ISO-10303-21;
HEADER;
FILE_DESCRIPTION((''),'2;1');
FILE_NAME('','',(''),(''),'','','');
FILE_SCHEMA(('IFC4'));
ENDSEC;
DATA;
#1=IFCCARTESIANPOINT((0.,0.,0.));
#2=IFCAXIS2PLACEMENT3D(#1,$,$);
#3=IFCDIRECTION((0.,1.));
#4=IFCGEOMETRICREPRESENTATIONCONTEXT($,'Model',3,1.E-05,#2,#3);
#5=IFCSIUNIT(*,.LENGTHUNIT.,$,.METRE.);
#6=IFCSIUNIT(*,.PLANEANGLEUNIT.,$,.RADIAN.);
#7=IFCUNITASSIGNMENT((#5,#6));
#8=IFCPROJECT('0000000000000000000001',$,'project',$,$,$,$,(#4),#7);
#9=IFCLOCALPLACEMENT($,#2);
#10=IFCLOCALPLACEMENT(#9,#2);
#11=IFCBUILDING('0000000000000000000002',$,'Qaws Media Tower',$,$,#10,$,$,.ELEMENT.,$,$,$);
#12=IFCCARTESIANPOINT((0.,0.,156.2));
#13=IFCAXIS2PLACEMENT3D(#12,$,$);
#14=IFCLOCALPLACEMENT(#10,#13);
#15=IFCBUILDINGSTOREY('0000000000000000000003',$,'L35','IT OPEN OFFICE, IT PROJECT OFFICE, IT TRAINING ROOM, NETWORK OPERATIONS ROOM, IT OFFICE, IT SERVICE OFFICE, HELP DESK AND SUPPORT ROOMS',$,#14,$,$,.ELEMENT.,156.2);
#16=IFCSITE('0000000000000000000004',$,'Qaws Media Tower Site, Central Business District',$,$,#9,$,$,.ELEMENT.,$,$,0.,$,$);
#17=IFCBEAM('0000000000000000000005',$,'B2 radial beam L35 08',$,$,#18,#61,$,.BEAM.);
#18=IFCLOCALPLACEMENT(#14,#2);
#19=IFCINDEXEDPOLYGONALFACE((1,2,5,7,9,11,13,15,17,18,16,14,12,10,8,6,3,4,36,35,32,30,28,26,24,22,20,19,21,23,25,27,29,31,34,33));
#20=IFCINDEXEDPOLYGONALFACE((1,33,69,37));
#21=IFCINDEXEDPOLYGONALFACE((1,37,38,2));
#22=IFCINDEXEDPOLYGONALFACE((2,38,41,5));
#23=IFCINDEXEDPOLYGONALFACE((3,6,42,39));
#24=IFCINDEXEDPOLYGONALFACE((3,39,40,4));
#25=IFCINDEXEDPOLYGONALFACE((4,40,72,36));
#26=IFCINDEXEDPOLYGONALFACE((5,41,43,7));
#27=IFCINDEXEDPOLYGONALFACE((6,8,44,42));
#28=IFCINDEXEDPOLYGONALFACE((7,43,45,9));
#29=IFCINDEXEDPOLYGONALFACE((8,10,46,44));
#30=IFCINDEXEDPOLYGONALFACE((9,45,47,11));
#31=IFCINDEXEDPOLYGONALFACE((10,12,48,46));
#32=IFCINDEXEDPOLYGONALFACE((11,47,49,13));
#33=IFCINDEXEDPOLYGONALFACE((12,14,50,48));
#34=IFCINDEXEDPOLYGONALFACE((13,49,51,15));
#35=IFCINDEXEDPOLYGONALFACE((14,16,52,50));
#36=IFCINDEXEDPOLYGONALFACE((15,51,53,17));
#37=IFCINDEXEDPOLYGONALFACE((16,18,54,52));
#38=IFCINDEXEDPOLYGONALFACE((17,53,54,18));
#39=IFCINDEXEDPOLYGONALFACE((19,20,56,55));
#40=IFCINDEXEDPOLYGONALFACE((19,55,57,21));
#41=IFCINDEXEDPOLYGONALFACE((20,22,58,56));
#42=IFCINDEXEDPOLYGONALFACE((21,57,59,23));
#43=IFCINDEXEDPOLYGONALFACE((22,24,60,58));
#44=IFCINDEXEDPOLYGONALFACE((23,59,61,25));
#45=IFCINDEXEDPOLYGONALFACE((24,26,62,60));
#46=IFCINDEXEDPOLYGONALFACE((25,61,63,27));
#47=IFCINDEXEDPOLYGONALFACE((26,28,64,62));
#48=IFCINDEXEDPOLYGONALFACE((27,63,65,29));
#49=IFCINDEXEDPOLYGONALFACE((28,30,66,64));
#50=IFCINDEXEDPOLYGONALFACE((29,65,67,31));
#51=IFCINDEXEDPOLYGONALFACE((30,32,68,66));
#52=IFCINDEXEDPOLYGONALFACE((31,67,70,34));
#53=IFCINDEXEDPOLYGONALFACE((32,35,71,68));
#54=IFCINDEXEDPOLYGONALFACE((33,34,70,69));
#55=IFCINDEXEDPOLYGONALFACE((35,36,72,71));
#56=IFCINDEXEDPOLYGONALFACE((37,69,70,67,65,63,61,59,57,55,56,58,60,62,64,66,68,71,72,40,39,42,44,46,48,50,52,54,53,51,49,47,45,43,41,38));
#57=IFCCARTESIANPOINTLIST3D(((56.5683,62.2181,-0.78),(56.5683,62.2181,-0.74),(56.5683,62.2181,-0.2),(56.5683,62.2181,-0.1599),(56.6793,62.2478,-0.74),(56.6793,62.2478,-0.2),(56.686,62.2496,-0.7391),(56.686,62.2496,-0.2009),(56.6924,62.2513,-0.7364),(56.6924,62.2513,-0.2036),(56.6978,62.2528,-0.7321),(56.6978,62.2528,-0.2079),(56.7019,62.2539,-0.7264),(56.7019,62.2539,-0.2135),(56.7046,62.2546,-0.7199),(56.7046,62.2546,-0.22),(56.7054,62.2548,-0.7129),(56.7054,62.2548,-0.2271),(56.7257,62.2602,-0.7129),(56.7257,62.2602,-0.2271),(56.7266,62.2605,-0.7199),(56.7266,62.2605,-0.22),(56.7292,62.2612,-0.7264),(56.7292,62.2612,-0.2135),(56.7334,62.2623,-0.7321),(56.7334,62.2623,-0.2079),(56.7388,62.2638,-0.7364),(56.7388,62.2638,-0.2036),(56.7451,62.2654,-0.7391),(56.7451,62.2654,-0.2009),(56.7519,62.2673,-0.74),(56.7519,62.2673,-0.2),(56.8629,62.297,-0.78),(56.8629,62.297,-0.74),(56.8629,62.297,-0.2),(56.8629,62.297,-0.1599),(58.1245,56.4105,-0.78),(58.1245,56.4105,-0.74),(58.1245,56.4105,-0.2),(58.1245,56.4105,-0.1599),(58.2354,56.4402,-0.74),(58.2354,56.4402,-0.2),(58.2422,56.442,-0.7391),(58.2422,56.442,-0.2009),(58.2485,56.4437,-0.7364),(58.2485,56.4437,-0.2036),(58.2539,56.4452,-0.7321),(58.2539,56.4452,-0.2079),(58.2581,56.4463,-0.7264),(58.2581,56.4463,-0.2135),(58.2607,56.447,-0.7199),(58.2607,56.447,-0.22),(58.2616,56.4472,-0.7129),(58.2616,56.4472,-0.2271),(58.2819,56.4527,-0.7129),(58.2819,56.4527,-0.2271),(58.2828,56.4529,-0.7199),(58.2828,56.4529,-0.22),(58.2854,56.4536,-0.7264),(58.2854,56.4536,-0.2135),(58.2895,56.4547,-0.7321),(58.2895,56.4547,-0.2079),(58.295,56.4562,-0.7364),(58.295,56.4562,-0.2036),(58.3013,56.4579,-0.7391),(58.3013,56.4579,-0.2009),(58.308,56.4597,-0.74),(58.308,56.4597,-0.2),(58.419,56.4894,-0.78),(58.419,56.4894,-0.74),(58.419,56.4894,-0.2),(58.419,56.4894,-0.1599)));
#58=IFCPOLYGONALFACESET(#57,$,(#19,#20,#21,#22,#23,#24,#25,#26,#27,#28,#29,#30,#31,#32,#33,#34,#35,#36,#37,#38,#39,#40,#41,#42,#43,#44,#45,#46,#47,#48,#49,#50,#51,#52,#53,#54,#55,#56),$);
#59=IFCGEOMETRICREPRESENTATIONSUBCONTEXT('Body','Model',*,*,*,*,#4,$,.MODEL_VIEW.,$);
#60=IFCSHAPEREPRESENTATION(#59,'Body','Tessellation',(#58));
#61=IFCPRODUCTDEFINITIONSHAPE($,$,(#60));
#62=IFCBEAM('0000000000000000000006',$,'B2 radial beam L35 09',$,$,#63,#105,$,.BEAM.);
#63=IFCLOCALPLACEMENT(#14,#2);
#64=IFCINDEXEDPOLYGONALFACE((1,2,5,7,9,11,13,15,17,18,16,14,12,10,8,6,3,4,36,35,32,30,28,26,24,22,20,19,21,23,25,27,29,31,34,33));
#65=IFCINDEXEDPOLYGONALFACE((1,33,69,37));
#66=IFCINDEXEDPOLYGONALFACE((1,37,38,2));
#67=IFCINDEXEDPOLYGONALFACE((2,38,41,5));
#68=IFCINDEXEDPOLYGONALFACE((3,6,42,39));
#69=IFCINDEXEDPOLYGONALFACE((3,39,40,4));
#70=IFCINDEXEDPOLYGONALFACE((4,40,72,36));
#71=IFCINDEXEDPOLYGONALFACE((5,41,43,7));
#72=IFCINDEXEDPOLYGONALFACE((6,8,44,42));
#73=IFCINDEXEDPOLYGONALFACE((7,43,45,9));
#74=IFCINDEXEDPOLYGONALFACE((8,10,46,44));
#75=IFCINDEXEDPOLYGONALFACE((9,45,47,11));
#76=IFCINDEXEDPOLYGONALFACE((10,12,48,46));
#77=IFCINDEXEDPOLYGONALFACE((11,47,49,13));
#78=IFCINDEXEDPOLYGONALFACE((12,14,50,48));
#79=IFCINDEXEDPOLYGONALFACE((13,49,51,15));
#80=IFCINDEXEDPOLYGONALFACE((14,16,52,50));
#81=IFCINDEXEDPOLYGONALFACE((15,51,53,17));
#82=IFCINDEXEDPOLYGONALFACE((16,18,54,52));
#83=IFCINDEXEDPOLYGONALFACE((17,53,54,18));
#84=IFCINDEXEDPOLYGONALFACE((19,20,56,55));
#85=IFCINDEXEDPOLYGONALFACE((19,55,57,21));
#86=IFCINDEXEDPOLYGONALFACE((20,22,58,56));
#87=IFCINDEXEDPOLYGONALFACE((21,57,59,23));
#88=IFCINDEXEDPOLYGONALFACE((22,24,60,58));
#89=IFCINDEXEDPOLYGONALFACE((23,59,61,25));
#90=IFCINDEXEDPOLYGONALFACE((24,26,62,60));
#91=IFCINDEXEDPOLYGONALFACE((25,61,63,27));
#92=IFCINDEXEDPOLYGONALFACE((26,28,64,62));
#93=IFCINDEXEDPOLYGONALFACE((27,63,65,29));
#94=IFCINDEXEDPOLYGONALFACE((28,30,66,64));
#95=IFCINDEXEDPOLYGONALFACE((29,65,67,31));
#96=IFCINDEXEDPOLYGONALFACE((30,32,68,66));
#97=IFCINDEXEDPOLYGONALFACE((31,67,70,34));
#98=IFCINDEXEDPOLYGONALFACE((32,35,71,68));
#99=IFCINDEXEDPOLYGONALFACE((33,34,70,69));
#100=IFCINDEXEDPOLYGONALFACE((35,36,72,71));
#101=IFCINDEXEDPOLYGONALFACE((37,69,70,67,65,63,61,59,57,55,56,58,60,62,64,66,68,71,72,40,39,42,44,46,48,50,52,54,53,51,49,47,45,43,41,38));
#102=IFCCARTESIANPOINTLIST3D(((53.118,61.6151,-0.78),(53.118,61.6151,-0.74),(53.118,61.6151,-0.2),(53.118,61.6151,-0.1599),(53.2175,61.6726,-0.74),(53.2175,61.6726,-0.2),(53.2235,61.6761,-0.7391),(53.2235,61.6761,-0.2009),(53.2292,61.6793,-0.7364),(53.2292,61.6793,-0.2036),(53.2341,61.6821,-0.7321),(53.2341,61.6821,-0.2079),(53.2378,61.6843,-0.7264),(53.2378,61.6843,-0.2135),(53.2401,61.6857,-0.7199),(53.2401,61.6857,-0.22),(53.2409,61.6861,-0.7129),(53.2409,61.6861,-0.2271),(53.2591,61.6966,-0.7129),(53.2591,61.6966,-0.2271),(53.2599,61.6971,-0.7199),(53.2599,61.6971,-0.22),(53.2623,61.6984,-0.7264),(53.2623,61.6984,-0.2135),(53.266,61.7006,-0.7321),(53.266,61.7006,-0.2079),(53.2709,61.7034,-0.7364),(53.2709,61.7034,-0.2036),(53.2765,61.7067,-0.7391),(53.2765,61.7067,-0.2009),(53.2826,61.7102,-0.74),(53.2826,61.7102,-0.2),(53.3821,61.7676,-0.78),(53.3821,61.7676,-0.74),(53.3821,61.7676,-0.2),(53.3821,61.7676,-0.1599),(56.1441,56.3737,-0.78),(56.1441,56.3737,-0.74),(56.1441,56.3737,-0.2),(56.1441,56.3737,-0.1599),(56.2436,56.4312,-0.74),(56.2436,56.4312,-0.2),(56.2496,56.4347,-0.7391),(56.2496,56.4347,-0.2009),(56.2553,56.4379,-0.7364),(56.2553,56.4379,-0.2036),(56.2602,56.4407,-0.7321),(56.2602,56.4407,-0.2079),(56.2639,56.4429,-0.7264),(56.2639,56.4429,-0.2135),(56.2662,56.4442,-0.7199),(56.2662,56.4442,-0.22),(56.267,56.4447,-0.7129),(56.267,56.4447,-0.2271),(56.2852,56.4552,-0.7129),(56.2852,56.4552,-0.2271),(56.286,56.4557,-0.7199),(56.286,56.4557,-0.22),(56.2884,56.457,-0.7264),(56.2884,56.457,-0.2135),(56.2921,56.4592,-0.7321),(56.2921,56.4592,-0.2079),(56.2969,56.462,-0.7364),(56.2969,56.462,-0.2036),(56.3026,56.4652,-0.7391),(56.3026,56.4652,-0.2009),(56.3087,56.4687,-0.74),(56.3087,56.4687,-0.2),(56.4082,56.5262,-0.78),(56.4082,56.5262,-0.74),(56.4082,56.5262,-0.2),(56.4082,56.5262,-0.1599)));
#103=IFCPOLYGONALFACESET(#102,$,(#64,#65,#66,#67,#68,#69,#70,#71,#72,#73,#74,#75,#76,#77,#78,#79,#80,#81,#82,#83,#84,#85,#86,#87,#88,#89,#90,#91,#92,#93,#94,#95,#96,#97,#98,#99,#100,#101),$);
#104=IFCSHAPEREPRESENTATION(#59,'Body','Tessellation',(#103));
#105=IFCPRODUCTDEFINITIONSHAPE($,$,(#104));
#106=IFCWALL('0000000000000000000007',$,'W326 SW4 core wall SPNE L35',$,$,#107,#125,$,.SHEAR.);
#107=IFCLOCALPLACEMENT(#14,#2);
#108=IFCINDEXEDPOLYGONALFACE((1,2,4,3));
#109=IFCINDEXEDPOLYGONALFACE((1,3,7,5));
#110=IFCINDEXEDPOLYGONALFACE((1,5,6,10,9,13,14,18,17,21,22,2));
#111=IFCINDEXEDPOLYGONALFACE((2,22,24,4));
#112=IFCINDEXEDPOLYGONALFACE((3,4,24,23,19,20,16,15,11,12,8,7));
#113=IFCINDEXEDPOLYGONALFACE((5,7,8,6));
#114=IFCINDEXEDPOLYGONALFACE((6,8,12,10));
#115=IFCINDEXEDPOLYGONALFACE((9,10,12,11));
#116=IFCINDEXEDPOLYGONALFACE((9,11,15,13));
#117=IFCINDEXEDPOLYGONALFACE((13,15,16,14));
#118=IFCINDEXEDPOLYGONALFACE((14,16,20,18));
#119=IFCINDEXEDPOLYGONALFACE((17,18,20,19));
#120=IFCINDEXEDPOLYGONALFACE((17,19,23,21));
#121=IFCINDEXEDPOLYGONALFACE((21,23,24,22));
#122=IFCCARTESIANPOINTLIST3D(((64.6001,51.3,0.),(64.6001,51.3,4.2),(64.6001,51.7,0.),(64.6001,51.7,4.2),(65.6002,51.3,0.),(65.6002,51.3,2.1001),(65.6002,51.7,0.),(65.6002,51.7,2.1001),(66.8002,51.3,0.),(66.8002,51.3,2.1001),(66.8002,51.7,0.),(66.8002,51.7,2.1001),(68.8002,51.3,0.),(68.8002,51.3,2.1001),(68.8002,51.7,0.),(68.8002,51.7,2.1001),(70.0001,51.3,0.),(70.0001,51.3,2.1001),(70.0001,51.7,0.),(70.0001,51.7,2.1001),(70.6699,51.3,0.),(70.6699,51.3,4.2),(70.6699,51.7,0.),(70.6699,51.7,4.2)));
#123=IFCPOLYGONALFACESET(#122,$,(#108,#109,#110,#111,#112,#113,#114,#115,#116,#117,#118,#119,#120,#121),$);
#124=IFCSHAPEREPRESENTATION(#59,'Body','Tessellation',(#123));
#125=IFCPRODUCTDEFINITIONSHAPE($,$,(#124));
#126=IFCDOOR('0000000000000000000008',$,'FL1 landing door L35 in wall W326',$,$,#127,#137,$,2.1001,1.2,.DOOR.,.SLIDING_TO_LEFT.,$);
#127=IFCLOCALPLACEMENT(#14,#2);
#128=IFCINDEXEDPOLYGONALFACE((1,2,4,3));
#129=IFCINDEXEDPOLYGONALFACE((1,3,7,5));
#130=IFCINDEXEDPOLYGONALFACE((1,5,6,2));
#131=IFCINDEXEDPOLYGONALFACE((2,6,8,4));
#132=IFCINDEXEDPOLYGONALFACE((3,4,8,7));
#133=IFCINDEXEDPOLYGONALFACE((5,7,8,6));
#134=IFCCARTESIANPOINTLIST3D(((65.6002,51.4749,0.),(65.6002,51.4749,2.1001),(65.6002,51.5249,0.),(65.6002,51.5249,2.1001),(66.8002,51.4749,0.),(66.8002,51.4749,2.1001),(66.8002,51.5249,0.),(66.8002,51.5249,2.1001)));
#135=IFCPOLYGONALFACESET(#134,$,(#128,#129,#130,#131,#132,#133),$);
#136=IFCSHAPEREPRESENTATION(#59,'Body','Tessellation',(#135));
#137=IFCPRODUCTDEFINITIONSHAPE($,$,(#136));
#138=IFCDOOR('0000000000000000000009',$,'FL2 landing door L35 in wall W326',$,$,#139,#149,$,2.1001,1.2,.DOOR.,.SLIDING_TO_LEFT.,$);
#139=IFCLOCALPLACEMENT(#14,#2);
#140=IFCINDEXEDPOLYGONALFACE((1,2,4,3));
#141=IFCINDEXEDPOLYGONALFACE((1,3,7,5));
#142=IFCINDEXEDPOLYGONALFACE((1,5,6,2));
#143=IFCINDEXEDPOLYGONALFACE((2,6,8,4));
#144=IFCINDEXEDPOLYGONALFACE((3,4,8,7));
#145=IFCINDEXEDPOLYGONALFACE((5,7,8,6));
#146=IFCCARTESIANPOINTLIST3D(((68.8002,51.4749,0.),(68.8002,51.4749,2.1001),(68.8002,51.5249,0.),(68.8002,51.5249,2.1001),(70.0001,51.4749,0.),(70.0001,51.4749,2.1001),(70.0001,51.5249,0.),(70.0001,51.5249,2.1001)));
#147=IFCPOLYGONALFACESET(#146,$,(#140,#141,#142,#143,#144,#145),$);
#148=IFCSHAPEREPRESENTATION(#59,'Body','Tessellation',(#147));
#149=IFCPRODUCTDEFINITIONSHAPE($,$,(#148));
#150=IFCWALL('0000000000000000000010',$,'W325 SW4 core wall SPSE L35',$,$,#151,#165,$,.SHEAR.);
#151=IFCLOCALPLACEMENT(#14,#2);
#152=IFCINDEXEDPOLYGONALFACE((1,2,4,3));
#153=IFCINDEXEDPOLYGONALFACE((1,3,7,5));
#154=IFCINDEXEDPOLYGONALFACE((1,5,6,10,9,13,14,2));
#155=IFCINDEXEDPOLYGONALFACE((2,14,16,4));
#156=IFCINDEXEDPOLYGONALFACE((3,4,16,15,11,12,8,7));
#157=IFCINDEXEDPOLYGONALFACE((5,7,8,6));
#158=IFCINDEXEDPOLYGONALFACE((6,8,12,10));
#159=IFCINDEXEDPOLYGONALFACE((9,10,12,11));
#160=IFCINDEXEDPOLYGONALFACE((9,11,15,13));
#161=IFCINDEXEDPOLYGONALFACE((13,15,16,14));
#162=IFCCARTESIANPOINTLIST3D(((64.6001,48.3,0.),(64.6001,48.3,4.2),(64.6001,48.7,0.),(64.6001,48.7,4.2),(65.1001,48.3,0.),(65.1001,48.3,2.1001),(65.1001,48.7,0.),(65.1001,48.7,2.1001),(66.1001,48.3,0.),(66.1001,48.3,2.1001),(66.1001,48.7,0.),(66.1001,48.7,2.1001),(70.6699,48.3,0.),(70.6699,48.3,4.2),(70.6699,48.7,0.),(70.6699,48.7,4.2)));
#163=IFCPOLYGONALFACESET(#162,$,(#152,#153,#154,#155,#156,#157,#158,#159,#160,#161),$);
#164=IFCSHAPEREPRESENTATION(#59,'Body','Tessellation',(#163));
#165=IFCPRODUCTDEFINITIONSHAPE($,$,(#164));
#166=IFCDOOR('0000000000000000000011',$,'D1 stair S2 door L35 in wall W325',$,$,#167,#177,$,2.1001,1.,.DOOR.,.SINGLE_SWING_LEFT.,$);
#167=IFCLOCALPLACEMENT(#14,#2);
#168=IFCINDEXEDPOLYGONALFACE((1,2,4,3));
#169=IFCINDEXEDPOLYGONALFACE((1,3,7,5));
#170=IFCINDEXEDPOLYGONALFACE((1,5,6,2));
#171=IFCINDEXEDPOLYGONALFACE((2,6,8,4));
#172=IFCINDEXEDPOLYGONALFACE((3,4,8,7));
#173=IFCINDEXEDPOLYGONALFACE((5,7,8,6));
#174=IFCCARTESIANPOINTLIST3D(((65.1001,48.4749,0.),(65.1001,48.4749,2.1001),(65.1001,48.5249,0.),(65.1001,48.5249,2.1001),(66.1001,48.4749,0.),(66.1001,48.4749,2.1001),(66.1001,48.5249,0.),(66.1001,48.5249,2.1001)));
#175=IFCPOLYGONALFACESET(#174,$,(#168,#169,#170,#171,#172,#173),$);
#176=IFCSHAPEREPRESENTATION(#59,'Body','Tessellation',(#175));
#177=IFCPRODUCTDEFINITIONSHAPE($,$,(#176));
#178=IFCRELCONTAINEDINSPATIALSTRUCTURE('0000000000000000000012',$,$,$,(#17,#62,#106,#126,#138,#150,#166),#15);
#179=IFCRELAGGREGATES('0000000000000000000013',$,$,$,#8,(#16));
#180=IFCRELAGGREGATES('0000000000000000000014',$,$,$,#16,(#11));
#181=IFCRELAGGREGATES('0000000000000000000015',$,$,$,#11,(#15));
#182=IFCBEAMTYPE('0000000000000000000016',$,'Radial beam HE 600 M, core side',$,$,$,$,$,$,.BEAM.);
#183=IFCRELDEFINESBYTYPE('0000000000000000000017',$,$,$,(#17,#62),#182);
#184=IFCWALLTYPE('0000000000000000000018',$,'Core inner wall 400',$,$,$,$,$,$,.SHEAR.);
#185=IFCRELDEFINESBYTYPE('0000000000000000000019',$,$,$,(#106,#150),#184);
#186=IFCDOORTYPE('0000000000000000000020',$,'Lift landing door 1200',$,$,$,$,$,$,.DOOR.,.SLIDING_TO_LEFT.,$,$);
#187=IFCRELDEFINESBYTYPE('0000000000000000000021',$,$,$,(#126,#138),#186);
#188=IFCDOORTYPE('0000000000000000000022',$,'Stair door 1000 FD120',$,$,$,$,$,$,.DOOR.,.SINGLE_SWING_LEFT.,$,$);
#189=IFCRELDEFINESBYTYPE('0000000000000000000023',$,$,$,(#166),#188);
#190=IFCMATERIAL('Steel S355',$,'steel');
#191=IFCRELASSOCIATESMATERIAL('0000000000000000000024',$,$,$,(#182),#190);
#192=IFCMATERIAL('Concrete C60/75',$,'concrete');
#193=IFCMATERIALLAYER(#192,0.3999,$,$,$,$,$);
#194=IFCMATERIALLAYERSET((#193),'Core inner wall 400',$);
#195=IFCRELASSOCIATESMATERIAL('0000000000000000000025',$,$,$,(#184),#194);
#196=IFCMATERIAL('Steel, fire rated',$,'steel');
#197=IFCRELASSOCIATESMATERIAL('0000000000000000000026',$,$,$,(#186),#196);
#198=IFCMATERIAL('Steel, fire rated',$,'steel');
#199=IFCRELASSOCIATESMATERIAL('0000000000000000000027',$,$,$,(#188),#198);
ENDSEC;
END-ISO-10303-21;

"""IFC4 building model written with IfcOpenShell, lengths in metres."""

from ifc_helpers import new_model, si_unit, direction, frame, frame_2d, origin, origin_2d, place, context, subcontext, project, spatial, rectangle, i_section, extrude, material, layer, layer_set, material_profile, profile_set, type_object, element, fill, save


model = new_model("IFC4")

# Units and contexts
model_context = context("Model", 3, precision=1e-05, world=origin(), true_north=direction((0.0, 1.0)))
body_context = subcontext(model_context, "Body", "Model", "MODEL_VIEW")
ifc_project = project(units=[si_unit("LENGTHUNIT", "METRE"), si_unit("PLANEANGLEUNIT", "RADIAN")], contexts=[model_context])

# Site, building, storey
site_placement = place(None, origin())
site = spatial("IfcSite", under=ifc_project, at=site_placement, Name="Qaws Media Tower Site, Central Business District", CompositionType="ELEMENT", RefElevation=0.0)
building_placement = place(site_placement, origin())
building = spatial("IfcBuilding", under=site, at=building_placement, Name="Qaws Media Tower", CompositionType="ELEMENT")
storey_placement = place(building_placement, frame((0.0, 0.0, 156.2)))
storey = spatial("IfcBuildingStorey", under=building, at=storey_placement, Name="L35", Description="IT OPEN OFFICE, IT PROJECT OFFICE, IT TRAINING ROOM, NETWORK OPERATIONS ROOM, IT OFFICE, IT SERVICE OFFICE, HELP DESK AND SUPPORT ROOMS", CompositionType="ELEMENT", Elevation=156.2)

# Beams
ifc_material_1 = material(Name="Steel S355", Category="steel")
ifc_material_profile = material_profile(ifc_material_1, i_section(OverallWidth=0.3049, OverallDepth=0.6201, WebThickness=0.021, FlangeThickness=0.04, FilletRadius=0.0271, at=origin_2d()), Name="HE 600 M")
ifc_profile_set = profile_set([ifc_material_profile], Name="Steel S355")
beam_type = type_object("IfcBeamType", Name="Radial beam HE 600 M, core side", PredefinedType="BEAM", material=ifc_profile_set)
beam_1_placement = place(storey_placement, frame((58.2717, 56.45, -0.47), z_axis=(-0.25882, 0.965926, 0.0), x_axis=(-0.965926, -0.25882, 0.0)))
element("IfcBeam", 1, at=beam_1_placement, inside=storey, type_object=beam_type, Name="B2 radial beam L35 08", PredefinedType="BEAM", context=body_context, shape_type="SweptSolid", body=[
    extrude(i_section(OverallWidth=0.3049, OverallDepth=0.6201, WebThickness=0.021, FlangeThickness=0.04, FilletRadius=0.0271, at=origin_2d()), origin(), (0.0, 0.0, 1.0), 6.0125),
])
beam_2_placement = place(storey_placement, frame((56.2761, 56.45, -0.47), z_axis=(-0.499996, 0.866028, 0.0), x_axis=(-0.866028, -0.499996, 0.0)))
element("IfcBeam", 2, at=beam_2_placement, inside=storey, type_object=beam_type, Name="B2 radial beam L35 09", PredefinedType="BEAM", context=body_context, shape_type="SweptSolid", body=[
    extrude(i_section(OverallWidth=0.3049, OverallDepth=0.6201, WebThickness=0.021, FlangeThickness=0.04, FilletRadius=0.0271, at=origin_2d()), origin(), (0.0, 0.0, 1.0), 6.0522),
])

# Wall, openings, doors
ifc_material_2 = material(Name="Concrete C60/75", Category="concrete")
ifc_layer_1 = layer(ifc_material_2, 0.3999)
ifc_layer_set_1 = layer_set([ifc_layer_1], Name="Core inner wall 400")
wall_type_1 = type_object("IfcWallType", Name="Core inner wall 400", PredefinedType="SHEAR", material=ifc_layer_set_1)
wall_1_placement = place(storey_placement, frame((64.6001, 51.5, 0.0), z_axis=(0.0, 0.0, 1.0), x_axis=(1.0, 0.0, 0.0)))
wall_1 = element("IfcWall", 3, at=wall_1_placement, inside=storey, type_object=wall_type_1, Name="W326 SW4 core wall SPNE L35", PredefinedType="SHEAR", context=body_context, shape_type="SweptSolid", body=[
    extrude(rectangle(XDim=6.0698, YDim=0.3999, at=frame_2d((3.0349, 0.0))), origin(), (0.0, 0.0, 1.0), 4.2),
])
opening_1_placement = place(wall_1_placement, frame((1.0, 0.0, 0.0)))
opening_1 = element("IfcOpeningElement", 4, at=opening_1_placement, cuts=wall_1, PredefinedType="OPENING", context=body_context, shape_type="SweptSolid", body=[
    extrude(rectangle(XDim=1.2, YDim=2.1001, at=frame_2d((0.6001, 1.05))), frame((0.0, 0.21, 0.0), z_axis=(0.0, -1.0, 0.0), x_axis=(1.0, 0.0, 0.0)), (0.0, 0.0, 1.0), 0.4199),
])
opening_2_placement = place(wall_1_placement, frame((4.2, 0.0, 0.0)))
opening_2 = element("IfcOpeningElement", 5, at=opening_2_placement, cuts=wall_1, PredefinedType="OPENING", context=body_context, shape_type="SweptSolid", body=[
    extrude(rectangle(XDim=1.2, YDim=2.1001, at=frame_2d((0.6001, 1.05))), frame((0.0, 0.21, 0.0), z_axis=(0.0, -1.0, 0.0), x_axis=(1.0, 0.0, 0.0)), (0.0, 0.0, 1.0), 0.4199),
])
ifc_material_3 = material(Name="Steel, fire rated", Category="steel")
door_type_1 = type_object("IfcDoorType", Name="Lift landing door 1200", OperationType="SLIDING_TO_LEFT", PredefinedType="DOOR", material=ifc_material_3)
door_1_placement = place(opening_1_placement, origin())
door_1 = element("IfcDoor", 6, at=door_1_placement, inside=storey, type_object=door_type_1, Name="FL1 landing door L35 in wall W326", OperationType="SLIDING_TO_LEFT", OverallHeight=2.1001, OverallWidth=1.2, PredefinedType="DOOR", context=body_context, shape_type="SweptSolid", body=[
    extrude(rectangle(XDim=1.2, YDim=2.1001, at=frame_2d((0.6001, 1.05))), frame((0.0, 0.0249, 0.0), z_axis=(0.0, -1.0, 0.0), x_axis=(1.0, 0.0, 0.0)), (0.0, 0.0, 1.0), 0.05),
])
fill(opening_1, door_1)
door_2_placement = place(opening_2_placement, origin())
door_2 = element("IfcDoor", 7, at=door_2_placement, inside=storey, type_object=door_type_1, Name="FL2 landing door L35 in wall W326", OperationType="SLIDING_TO_LEFT", OverallHeight=2.1001, OverallWidth=1.2, PredefinedType="DOOR", context=body_context, shape_type="SweptSolid", body=[
    extrude(rectangle(XDim=1.2, YDim=2.1001, at=frame_2d((0.6001, 1.05))), frame((0.0, 0.0249, 0.0), z_axis=(0.0, -1.0, 0.0), x_axis=(1.0, 0.0, 0.0)), (0.0, 0.0, 1.0), 0.05),
])
fill(opening_2, door_2)

# Wall, opening, door
wall_2_placement = place(storey_placement, frame((64.6001, 48.5, 0.0), z_axis=(0.0, 0.0, 1.0), x_axis=(1.0, 0.0, 0.0)))
wall_2 = element("IfcWall", 8, at=wall_2_placement, inside=storey, type_object=wall_type_1, Name="W325 SW4 core wall SPSE L35", PredefinedType="SHEAR", context=body_context, shape_type="SweptSolid", body=[
    extrude(rectangle(XDim=6.0698, YDim=0.3999, at=frame_2d((3.0349, 0.0))), origin(), (0.0, 0.0, 1.0), 4.2),
])
opening_3_placement = place(wall_2_placement, frame((0.5, 0.0, 0.0)))
opening_3 = element("IfcOpeningElement", 9, at=opening_3_placement, cuts=wall_2, PredefinedType="OPENING", context=body_context, shape_type="SweptSolid", body=[
    extrude(rectangle(XDim=1.0, YDim=2.1001, at=frame_2d((0.5, 1.05))), frame((0.0, 0.21, 0.0), z_axis=(0.0, -1.0, 0.0), x_axis=(1.0, 0.0, 0.0)), (0.0, 0.0, 1.0), 0.4199),
])
ifc_material_4 = material(Name="Steel, fire rated", Category="steel")
door_type_2 = type_object("IfcDoorType", Name="Stair door 1000 FD120", OperationType="SINGLE_SWING_LEFT", PredefinedType="DOOR", material=ifc_material_4)
door_3_placement = place(opening_3_placement, origin())
door_3 = element("IfcDoor", 10, at=door_3_placement, inside=storey, type_object=door_type_2, Name="D1 stair S2 door L35 in wall W325", OperationType="SINGLE_SWING_LEFT", OverallHeight=2.1001, OverallWidth=1.0, PredefinedType="DOOR", context=body_context, shape_type="SweptSolid", body=[
    extrude(rectangle(XDim=1.0, YDim=2.1001, at=frame_2d((0.5, 1.05))), frame((0.0, 0.0249, 0.0), z_axis=(0.0, -1.0, 0.0), x_axis=(1.0, 0.0, 0.0)), (0.0, 0.0, 1.0), 0.05),
])
fill(opening_3, door_3)

save(model, "model.ifc")
